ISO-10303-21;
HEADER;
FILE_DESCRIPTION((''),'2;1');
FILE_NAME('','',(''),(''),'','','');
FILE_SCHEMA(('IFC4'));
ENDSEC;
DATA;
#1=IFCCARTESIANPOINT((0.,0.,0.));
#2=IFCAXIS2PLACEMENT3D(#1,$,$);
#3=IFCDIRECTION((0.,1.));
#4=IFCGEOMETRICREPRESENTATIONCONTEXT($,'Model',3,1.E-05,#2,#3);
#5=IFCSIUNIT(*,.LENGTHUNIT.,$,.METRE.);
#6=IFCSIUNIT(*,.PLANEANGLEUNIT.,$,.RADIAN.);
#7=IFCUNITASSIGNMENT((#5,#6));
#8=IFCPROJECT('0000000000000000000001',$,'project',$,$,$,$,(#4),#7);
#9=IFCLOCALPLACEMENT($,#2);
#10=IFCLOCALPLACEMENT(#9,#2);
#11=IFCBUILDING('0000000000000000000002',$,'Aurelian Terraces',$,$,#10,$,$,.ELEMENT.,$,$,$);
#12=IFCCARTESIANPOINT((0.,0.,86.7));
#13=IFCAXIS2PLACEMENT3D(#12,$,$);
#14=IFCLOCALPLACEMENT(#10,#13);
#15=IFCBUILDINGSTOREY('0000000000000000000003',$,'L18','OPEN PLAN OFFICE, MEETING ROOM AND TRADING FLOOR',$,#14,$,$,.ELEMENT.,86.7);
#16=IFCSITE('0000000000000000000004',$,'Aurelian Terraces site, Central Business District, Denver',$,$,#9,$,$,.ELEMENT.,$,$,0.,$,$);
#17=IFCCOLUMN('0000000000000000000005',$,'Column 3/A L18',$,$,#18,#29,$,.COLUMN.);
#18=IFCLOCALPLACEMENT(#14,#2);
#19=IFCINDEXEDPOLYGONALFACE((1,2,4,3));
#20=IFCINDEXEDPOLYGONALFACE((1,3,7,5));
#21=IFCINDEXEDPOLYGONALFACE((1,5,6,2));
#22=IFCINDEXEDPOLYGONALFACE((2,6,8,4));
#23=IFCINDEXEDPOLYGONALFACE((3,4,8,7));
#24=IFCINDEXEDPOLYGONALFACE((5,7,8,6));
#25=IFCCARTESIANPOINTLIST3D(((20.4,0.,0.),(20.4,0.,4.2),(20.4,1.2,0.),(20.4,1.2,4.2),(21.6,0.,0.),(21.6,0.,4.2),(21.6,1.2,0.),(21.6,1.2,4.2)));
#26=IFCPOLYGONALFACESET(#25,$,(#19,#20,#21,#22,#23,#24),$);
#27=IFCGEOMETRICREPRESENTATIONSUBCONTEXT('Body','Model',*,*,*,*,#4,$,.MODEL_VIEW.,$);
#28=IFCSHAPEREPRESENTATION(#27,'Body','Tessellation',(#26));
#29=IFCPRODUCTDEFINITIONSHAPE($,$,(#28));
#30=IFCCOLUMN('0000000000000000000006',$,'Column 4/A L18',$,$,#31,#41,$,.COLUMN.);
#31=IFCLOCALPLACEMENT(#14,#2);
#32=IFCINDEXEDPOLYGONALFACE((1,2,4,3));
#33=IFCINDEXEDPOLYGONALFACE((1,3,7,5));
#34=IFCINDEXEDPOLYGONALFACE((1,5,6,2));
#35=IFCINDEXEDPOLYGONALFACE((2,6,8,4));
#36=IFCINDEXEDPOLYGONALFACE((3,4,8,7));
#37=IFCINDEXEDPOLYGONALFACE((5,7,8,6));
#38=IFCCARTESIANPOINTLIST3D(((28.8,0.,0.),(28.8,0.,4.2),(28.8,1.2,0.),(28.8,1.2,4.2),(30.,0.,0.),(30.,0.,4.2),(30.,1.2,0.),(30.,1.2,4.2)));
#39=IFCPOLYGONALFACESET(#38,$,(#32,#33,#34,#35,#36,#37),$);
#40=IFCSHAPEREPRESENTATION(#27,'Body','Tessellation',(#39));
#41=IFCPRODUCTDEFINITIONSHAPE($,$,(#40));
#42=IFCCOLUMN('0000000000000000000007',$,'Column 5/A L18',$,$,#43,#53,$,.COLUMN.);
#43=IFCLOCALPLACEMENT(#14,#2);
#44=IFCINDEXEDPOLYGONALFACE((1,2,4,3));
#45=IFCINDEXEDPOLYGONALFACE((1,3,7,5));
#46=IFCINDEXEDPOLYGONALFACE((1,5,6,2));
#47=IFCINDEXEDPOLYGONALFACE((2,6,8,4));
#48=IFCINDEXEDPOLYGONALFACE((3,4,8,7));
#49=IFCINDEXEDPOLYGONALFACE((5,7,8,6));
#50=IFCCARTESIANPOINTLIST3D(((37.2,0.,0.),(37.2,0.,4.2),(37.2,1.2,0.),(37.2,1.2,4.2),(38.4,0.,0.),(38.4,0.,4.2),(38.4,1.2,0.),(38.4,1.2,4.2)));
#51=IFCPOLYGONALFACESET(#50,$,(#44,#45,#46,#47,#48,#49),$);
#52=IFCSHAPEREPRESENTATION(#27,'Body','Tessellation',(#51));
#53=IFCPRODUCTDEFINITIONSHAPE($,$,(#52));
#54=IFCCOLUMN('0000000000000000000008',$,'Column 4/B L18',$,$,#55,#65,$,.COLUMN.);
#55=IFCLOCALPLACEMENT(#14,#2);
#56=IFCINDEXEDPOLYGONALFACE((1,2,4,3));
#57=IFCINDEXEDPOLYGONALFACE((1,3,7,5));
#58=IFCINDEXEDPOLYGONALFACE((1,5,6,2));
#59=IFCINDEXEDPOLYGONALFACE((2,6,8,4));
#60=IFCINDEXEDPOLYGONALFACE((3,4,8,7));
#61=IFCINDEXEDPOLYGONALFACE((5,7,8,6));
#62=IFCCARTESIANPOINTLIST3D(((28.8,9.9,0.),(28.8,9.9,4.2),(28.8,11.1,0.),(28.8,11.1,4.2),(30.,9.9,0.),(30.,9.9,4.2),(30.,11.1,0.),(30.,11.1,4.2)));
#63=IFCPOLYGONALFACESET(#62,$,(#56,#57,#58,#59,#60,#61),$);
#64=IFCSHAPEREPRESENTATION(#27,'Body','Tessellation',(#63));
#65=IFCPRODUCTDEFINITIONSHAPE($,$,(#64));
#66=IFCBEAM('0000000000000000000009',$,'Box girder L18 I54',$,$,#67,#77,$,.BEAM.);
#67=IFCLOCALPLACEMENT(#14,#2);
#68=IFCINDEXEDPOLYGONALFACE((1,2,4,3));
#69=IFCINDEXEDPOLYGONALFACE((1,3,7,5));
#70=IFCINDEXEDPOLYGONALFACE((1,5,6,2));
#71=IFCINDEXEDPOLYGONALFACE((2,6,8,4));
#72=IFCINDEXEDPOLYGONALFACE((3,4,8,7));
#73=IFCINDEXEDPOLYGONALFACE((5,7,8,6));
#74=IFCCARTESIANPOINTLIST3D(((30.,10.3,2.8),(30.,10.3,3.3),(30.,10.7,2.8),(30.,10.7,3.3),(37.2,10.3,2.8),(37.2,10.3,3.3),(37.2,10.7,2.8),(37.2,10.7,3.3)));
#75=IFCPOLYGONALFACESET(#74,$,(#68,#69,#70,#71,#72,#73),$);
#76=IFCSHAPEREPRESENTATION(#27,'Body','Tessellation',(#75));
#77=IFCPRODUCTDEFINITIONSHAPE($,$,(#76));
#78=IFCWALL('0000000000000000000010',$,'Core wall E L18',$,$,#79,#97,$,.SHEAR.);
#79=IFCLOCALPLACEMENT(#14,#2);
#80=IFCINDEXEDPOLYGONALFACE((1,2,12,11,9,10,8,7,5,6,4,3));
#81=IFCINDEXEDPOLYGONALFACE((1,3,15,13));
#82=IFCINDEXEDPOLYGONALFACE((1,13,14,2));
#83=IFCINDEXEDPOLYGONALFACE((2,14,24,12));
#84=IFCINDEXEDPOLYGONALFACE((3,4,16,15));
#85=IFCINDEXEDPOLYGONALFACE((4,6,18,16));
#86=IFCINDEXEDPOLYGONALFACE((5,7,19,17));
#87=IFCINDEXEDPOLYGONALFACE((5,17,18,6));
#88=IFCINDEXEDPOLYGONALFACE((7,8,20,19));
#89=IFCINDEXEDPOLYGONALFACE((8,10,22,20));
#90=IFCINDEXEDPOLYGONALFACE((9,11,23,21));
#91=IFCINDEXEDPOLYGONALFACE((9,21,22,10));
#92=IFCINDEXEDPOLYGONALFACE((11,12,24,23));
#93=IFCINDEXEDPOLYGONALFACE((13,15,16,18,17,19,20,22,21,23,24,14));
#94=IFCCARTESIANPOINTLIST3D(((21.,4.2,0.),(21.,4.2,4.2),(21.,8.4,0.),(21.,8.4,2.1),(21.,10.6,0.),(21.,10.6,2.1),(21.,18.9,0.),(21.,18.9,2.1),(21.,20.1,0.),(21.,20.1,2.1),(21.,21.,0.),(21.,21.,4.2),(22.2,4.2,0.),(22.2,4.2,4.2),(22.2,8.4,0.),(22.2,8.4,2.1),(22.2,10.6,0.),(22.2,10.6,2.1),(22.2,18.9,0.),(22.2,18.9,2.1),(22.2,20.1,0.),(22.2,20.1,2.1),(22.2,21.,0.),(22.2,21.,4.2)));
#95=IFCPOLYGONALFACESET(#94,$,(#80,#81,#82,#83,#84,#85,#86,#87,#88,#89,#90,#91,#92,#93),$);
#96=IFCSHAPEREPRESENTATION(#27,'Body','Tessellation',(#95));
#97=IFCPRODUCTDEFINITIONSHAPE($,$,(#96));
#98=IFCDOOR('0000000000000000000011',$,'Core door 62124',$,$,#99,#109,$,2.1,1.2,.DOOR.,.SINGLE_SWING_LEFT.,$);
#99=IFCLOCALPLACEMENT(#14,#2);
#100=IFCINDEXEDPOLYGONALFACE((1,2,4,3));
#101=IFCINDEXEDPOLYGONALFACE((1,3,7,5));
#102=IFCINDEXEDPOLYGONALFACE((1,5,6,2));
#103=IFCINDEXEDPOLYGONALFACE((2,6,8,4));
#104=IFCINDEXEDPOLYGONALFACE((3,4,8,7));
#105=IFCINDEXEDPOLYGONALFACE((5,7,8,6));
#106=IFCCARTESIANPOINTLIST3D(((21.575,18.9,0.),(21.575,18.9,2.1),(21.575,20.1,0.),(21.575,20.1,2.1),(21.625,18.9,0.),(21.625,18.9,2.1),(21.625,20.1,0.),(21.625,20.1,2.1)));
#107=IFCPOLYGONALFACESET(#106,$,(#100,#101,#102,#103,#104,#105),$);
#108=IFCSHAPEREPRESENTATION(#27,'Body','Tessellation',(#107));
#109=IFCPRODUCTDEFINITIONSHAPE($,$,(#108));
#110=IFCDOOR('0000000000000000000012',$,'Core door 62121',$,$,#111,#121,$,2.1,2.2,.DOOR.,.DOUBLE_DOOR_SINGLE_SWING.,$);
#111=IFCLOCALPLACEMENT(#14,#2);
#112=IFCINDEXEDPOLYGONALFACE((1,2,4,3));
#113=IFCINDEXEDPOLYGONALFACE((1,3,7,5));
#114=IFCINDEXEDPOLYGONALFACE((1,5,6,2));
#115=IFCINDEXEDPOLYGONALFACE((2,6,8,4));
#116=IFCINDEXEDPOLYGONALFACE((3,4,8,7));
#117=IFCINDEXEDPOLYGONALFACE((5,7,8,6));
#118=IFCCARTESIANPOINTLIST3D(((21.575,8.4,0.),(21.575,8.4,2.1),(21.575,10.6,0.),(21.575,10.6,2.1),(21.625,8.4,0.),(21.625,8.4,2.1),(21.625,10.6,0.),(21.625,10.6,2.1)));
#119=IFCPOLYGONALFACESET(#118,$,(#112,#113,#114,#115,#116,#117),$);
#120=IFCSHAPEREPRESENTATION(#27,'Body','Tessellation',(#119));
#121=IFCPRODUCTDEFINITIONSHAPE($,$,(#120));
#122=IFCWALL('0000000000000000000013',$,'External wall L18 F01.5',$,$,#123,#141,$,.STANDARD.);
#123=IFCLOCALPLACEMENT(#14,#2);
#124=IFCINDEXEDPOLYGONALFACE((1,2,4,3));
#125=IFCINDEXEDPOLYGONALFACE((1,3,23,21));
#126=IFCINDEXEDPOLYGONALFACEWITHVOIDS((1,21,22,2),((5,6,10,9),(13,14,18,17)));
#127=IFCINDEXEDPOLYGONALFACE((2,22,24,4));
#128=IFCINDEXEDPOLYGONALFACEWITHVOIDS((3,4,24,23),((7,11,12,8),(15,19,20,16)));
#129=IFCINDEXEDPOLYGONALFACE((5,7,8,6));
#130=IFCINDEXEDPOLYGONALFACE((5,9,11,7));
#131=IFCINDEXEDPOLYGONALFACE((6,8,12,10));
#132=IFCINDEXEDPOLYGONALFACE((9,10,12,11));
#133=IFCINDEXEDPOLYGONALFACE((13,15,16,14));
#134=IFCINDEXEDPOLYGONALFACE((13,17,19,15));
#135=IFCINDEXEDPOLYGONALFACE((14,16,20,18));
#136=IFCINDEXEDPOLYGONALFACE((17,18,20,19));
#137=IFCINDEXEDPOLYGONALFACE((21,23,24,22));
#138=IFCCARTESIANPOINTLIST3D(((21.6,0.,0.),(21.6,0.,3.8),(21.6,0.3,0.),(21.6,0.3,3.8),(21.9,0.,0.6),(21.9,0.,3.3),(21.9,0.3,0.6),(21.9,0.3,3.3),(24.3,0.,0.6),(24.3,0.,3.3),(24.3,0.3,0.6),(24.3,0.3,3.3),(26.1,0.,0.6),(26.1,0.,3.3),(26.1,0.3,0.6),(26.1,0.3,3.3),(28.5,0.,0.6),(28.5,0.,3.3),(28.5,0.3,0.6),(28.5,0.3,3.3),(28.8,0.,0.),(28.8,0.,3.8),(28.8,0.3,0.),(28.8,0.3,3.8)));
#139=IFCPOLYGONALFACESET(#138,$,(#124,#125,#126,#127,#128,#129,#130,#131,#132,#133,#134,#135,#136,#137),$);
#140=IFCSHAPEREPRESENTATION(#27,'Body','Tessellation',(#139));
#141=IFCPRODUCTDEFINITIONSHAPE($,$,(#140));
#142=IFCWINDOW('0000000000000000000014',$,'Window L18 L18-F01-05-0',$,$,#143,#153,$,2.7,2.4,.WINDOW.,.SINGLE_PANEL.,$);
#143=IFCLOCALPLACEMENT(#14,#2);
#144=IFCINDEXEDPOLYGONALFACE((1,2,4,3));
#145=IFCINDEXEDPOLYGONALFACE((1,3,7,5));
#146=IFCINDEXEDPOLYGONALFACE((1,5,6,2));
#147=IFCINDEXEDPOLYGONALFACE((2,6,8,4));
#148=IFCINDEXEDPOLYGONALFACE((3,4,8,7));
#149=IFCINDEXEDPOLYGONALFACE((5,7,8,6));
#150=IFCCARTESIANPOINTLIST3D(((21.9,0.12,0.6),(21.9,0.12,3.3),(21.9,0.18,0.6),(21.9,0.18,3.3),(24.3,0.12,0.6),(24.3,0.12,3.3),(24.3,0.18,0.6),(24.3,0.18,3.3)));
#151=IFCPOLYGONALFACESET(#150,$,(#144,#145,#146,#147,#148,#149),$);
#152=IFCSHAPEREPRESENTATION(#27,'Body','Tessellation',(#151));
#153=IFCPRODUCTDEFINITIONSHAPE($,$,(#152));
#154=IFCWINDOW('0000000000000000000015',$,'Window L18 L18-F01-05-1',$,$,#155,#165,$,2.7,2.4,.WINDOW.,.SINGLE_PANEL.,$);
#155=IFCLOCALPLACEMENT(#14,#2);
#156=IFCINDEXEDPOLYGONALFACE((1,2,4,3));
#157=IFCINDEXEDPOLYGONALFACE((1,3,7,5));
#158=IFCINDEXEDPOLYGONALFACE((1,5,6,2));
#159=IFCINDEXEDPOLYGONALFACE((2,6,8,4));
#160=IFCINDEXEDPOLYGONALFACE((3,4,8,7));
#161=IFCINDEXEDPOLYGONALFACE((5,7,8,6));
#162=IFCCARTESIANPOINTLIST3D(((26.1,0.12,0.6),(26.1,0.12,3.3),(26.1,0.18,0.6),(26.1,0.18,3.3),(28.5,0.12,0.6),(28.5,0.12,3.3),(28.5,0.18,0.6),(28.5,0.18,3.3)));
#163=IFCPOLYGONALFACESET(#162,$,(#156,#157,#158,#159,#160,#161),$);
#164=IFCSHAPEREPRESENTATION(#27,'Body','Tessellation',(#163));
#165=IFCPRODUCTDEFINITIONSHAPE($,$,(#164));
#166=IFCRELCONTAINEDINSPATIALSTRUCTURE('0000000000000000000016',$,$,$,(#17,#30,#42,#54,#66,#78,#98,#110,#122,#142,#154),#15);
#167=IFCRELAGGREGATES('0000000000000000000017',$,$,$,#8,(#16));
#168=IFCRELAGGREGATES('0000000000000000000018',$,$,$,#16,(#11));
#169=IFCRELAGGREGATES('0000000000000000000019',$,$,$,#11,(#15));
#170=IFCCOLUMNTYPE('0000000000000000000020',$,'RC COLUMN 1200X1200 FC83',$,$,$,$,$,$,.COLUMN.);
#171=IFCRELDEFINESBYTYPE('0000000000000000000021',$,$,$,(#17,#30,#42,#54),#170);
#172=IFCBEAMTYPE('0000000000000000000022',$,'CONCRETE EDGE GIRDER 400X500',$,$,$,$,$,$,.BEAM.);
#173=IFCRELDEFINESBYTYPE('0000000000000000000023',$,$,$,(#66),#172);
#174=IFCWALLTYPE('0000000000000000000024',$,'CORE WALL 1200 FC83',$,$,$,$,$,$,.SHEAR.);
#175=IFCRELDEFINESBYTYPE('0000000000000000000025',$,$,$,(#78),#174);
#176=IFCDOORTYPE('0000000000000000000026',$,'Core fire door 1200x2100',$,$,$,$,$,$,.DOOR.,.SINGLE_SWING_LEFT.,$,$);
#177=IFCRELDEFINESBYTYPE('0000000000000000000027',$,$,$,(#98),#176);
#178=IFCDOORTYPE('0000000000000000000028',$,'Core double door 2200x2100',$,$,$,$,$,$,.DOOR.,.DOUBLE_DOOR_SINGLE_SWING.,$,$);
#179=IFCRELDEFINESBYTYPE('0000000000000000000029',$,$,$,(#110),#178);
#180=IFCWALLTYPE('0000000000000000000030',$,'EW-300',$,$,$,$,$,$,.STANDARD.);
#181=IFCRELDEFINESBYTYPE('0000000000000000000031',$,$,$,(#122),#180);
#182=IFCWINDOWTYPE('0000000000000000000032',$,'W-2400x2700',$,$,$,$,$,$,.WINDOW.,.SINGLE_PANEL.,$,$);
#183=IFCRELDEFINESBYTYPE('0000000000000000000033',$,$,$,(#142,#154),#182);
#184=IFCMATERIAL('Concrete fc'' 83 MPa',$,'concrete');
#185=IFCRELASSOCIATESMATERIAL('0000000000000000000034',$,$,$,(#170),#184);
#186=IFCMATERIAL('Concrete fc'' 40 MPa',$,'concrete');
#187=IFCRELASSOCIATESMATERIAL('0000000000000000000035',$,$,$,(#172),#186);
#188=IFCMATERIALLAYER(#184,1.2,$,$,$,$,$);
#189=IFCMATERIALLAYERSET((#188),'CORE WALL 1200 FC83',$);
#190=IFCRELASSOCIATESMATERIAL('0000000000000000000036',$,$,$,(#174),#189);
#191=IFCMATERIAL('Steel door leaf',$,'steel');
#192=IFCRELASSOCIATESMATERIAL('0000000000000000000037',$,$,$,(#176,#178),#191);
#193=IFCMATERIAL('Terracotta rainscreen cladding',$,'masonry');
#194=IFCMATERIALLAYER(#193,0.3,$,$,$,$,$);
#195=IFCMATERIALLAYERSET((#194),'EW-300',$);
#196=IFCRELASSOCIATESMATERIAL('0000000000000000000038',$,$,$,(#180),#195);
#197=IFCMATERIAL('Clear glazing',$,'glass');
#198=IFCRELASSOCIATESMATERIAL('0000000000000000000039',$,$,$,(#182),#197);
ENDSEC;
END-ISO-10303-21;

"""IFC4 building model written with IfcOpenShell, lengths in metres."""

from ifc_helpers import new_model, si_unit, direction, frame, frame_2d, origin, origin_2d, place, context, subcontext, project, spatial, rectangle, extrude, source, transform, mapped, material, layer, layer_set, material_profile, profile_set, type_object, element, fill, save


model = new_model("IFC4")

# Units and contexts
model_context = context("Model", 3, precision=1e-05, world=origin(), true_north=direction((0.0, 1.0)))
body_context = subcontext(model_context, "Body", "Model", "MODEL_VIEW")
ifc_project = project(units=[si_unit("LENGTHUNIT", "METRE"), si_unit("PLANEANGLEUNIT", "RADIAN")], contexts=[model_context])

# Site, building, storey
site_placement = place(None, origin())
site = spatial("IfcSite", under=ifc_project, at=site_placement, Name="Aurelian Terraces site, Central Business District, Denver", CompositionType="ELEMENT", RefElevation=0.0)
building_placement = place(site_placement, origin())
building = spatial("IfcBuilding", under=site, at=building_placement, Name="Aurelian Terraces", CompositionType="ELEMENT")
storey_placement = place(building_placement, frame((0.0, 0.0, 86.7)))
storey = spatial("IfcBuildingStorey", under=building, at=storey_placement, Name="L18", Description="OPEN PLAN OFFICE, MEETING ROOM AND TRADING FLOOR", CompositionType="ELEMENT", Elevation=86.7)

# Columns
ifc_material_1 = material(Name="Concrete fc' 83 MPa", Category="concrete")
ifc_material_profile_1 = material_profile(ifc_material_1, rectangle(XDim=1.2, YDim=1.2, at=origin_2d()))
ifc_profile_set_1 = profile_set([ifc_material_profile_1], Name="Concrete fc' 83 MPa")
column_type = type_object("IfcColumnType", Name="RC COLUMN 1200X1200 FC83", PredefinedType="COLUMN", material=ifc_profile_set_1)
shared_shape_1 = source(origin(), body_context, "Body", "SweptSolid", [
    extrude(rectangle(XDim=1.2, YDim=1.2, at=origin_2d()), origin(), (0.0, 0.0, 1.0), 4.2),
])
for number, where, z_axis, x_axis, name in (
    (1, (21.0, 0.6, 0.0), (0.0, 0.0, 1.0), (1.0, 0.0, 0.0), "Column 3/A L18"),
    (2, (29.4, 0.6, 0.0), (0.0, 0.0, 1.0), (1.0, 0.0, 0.0), "Column 4/A L18"),
    (3, (37.8, 0.6, 0.0), (0.0, 0.0, 1.0), (1.0, 0.0, 0.0), "Column 5/A L18"),
    (4, (29.4, 10.5, 0.0), (0.0, 0.0, 1.0), (1.0, 0.0, 0.0), "Column 4/B L18"),
):
    element("IfcColumn", number, at=place(storey_placement, frame(where, z_axis=z_axis, x_axis=x_axis)), inside=storey, type_object=column_type, Name=name, PredefinedType="COLUMN", context=body_context, shape_type="MappedRepresentation", body=[
        mapped(shared_shape_1, transform((0.0, 0.0, 0.0), scale=1.0)),
    ])

# Beam
ifc_material_2 = material(Name="Concrete fc' 40 MPa", Category="concrete")
ifc_material_profile_2 = material_profile(ifc_material_2, rectangle(XDim=0.4, YDim=0.5, at=origin_2d()))
ifc_profile_set_2 = profile_set([ifc_material_profile_2], Name="Concrete fc' 40 MPa")
beam_type = type_object("IfcBeamType", Name="CONCRETE EDGE GIRDER 400X500", PredefinedType="BEAM", material=ifc_profile_set_2)
shared_shape_2 = source(origin(), body_context, "Body", "SweptSolid", [
    extrude(rectangle(XDim=0.4, YDim=0.5, at=origin_2d()), origin(), (0.0, 0.0, 1.0), 7.2),
])
beam_placement = place(storey_placement, frame((30.0, 10.5, 3.05), z_axis=(1.0, 0.0, 0.0), x_axis=(0.0, 1.0, 0.0)))
element("IfcBeam", 5, at=beam_placement, inside=storey, type_object=beam_type, Name="Box girder L18 I54", PredefinedType="BEAM", context=body_context, shape_type="MappedRepresentation", body=[
    mapped(shared_shape_2, transform((0.0, 0.0, 0.0), scale=1.0)),
])

# Wall, openings, doors
ifc_layer_1 = layer(ifc_material_1, 1.2)
ifc_layer_set_1 = layer_set([ifc_layer_1], Name="CORE WALL 1200 FC83")
wall_type_1 = type_object("IfcWallType", Name="CORE WALL 1200 FC83", PredefinedType="SHEAR", material=ifc_layer_set_1)
shared_shape_3 = source(origin(), body_context, "Body", "SweptSolid", [
    extrude(rectangle(XDim=16.8, YDim=1.2, at=frame_2d((8.4, 0.0))), origin(), (0.0, 0.0, 1.0), 4.2),
])
wall_1_placement = place(storey_placement, frame((21.6, 4.2, 0.0), z_axis=(0.0, 0.0, 1.0), x_axis=(0.0, 1.0, 0.0)))
wall_1 = element("IfcWall", 6, at=wall_1_placement, inside=storey, type_object=wall_type_1, Name="Core wall E L18", PredefinedType="SHEAR", context=body_context, shape_type="MappedRepresentation", body=[
    mapped(shared_shape_3, transform((0.0, 0.0, 0.0), scale=1.0)),
])
shared_shape_4 = source(origin(), body_context, "Body", "SweptSolid", [
    extrude(rectangle(XDim=2.2, YDim=2.1, at=frame_2d((1.1, 1.05))), frame((0.0, 0.61, 0.0), z_axis=(0.0, -1.0, 0.0), x_axis=(1.0, 0.0, 0.0)), (0.0, 0.0, 1.0), 1.22),
])
opening_1_placement = place(wall_1_placement, frame((4.2, 0.0, 0.0)))
opening_1 = element("IfcOpeningElement", 7, at=opening_1_placement, cuts=wall_1, PredefinedType="OPENING", context=body_context, shape_type="MappedRepresentation", body=[
    mapped(shared_shape_4, transform((0.0, 0.0, 0.0), scale=1.0)),
])
shared_shape_5 = source(origin(), body_context, "Body", "SweptSolid", [
    extrude(rectangle(XDim=1.2, YDim=2.1, at=frame_2d((0.6, 1.05))), frame((0.0, 0.61, 0.0), z_axis=(0.0, -1.0, 0.0), x_axis=(1.0, 0.0, 0.0)), (0.0, 0.0, 1.0), 1.22),
])
opening_2_placement = place(wall_1_placement, frame((14.7, 0.0, 0.0)))
opening_2 = element("IfcOpeningElement", 8, at=opening_2_placement, cuts=wall_1, PredefinedType="OPENING", context=body_context, shape_type="MappedRepresentation", body=[
    mapped(shared_shape_5, transform((0.0, 0.0, 0.0), scale=1.0)),
])
ifc_material_3 = material(Name="Steel door leaf", Category="steel")
door_type_1 = type_object("IfcDoorType", Name="Core fire door 1200x2100", OperationType="SINGLE_SWING_LEFT", PredefinedType="DOOR", material=ifc_material_3)
shared_shape_6 = source(origin(), body_context, "Body", "SweptSolid", [
    extrude(rectangle(XDim=1.2, YDim=2.1, at=frame_2d((0.6, 1.05))), frame((0.0, 0.025, 0.0), z_axis=(0.0, -1.0, 0.0), x_axis=(1.0, 0.0, 0.0)), (0.0, 0.0, 1.0), 0.05),
])
door_1_placement = place(opening_2_placement, origin())
door_1 = element("IfcDoor", 9, at=door_1_placement, inside=storey, type_object=door_type_1, Name="Core door 62124", OperationType="SINGLE_SWING_LEFT", OverallHeight=2.1, OverallWidth=1.2, PredefinedType="DOOR", context=body_context, shape_type="MappedRepresentation", body=[
    mapped(shared_shape_6, transform((0.0, 0.0, 0.0), scale=1.0)),
])
fill(opening_2, door_1)
door_type_2 = type_object("IfcDoorType", Name="Core double door 2200x2100", OperationType="DOUBLE_DOOR_SINGLE_SWING", PredefinedType="DOOR", material=ifc_material_3)
shared_shape_7 = source(origin(), body_context, "Body", "SweptSolid", [
    extrude(rectangle(XDim=2.2, YDim=2.1, at=frame_2d((1.1, 1.05))), frame((0.0, 0.025, 0.0), z_axis=(0.0, -1.0, 0.0), x_axis=(1.0, 0.0, 0.0)), (0.0, 0.0, 1.0), 0.05),
])
door_2_placement = place(opening_1_placement, origin())
door_2 = element("IfcDoor", 10, at=door_2_placement, inside=storey, type_object=door_type_2, Name="Core door 62121", OperationType="DOUBLE_DOOR_SINGLE_SWING", OverallHeight=2.1, OverallWidth=2.2, PredefinedType="DOOR", context=body_context, shape_type="MappedRepresentation", body=[
    mapped(shared_shape_7, transform((0.0, 0.0, 0.0), scale=1.0)),
])
fill(opening_1, door_2)

# Wall, openings, windows
ifc_material_4 = material(Name="Terracotta rainscreen cladding", Category="masonry")
ifc_layer_2 = layer(ifc_material_4, 0.3)
ifc_layer_set_2 = layer_set([ifc_layer_2], Name="EW-300")
wall_type_2 = type_object("IfcWallType", Name="EW-300", PredefinedType="STANDARD", material=ifc_layer_set_2)
shared_shape_8 = source(origin(), body_context, "Body", "SweptSolid", [
    extrude(rectangle(XDim=7.2, YDim=0.3, at=frame_2d((3.6, 0.0))), origin(), (0.0, 0.0, 1.0), 3.8),
])
wall_2_placement = place(storey_placement, frame((21.6, 0.15, 0.0), z_axis=(0.0, 0.0, 1.0), x_axis=(1.0, 0.0, 0.0)))
wall_2 = element("IfcWall", 11, at=wall_2_placement, inside=storey, type_object=wall_type_2, Name="External wall L18 F01.5", PredefinedType="STANDARD", context=body_context, shape_type="MappedRepresentation", body=[
    mapped(shared_shape_8, transform((0.0, 0.0, 0.0), scale=1.0)),
])
shared_shape_9 = source(origin(), body_context, "Body", "SweptSolid", [
    extrude(rectangle(XDim=2.4, YDim=2.7, at=frame_2d((1.2, 1.35))), frame((0.0, 0.16, 0.0), z_axis=(0.0, -1.0, 0.0), x_axis=(1.0, 0.0, 0.0)), (0.0, 0.0, 1.0), 0.32),
])
opening_3_placement = place(wall_2_placement, frame((0.3, 0.0, 0.6)))
opening_3 = element("IfcOpeningElement", 12, at=opening_3_placement, cuts=wall_2, PredefinedType="OPENING", context=body_context, shape_type="MappedRepresentation", body=[
    mapped(shared_shape_9, transform((0.0, 0.0, 0.0), scale=1.0)),
])
opening_4_placement = place(wall_2_placement, frame((4.5, 0.0, 0.6)))
opening_4 = element("IfcOpeningElement", 13, at=opening_4_placement, cuts=wall_2, PredefinedType="OPENING", context=body_context, shape_type="MappedRepresentation", body=[
    mapped(shared_shape_9, transform((0.0, 0.0, 0.0), scale=1.0)),
])
ifc_material_5 = material(Name="Clear glazing", Category="glass")
window_type = type_object("IfcWindowType", Name="W-2400x2700", PartitioningType="SINGLE_PANEL", PredefinedType="WINDOW", material=ifc_material_5)
shared_shape_10 = source(origin(), body_context, "Body", "SweptSolid", [
    extrude(rectangle(XDim=2.4, YDim=2.7, at=frame_2d((1.2, 1.35))), frame((0.0, 0.03, 0.0), z_axis=(0.0, -1.0, 0.0), x_axis=(1.0, 0.0, 0.0)), (0.0, 0.0, 1.0), 0.06),
])
window_1_placement = place(opening_3_placement, origin())
window_1 = element("IfcWindow", 14, at=window_1_placement, inside=storey, type_object=window_type, Name="Window L18 L18-F01-05-0", OverallHeight=2.7, OverallWidth=2.4, PartitioningType="SINGLE_PANEL", PredefinedType="WINDOW", context=body_context, shape_type="MappedRepresentation", body=[
    mapped(shared_shape_10, transform((0.0, 0.0, 0.0), scale=1.0)),
])
fill(opening_3, window_1)
window_2_placement = place(opening_4_placement, origin())
window_2 = element("IfcWindow", 15, at=window_2_placement, inside=storey, type_object=window_type, Name="Window L18 L18-F01-05-1", OverallHeight=2.7, OverallWidth=2.4, PartitioningType="SINGLE_PANEL", PredefinedType="WINDOW", context=body_context, shape_type="MappedRepresentation", body=[
    mapped(shared_shape_10, transform((0.0, 0.0, 0.0), scale=1.0)),
])
fill(opening_4, window_2)

save(model, "model.ifc")
